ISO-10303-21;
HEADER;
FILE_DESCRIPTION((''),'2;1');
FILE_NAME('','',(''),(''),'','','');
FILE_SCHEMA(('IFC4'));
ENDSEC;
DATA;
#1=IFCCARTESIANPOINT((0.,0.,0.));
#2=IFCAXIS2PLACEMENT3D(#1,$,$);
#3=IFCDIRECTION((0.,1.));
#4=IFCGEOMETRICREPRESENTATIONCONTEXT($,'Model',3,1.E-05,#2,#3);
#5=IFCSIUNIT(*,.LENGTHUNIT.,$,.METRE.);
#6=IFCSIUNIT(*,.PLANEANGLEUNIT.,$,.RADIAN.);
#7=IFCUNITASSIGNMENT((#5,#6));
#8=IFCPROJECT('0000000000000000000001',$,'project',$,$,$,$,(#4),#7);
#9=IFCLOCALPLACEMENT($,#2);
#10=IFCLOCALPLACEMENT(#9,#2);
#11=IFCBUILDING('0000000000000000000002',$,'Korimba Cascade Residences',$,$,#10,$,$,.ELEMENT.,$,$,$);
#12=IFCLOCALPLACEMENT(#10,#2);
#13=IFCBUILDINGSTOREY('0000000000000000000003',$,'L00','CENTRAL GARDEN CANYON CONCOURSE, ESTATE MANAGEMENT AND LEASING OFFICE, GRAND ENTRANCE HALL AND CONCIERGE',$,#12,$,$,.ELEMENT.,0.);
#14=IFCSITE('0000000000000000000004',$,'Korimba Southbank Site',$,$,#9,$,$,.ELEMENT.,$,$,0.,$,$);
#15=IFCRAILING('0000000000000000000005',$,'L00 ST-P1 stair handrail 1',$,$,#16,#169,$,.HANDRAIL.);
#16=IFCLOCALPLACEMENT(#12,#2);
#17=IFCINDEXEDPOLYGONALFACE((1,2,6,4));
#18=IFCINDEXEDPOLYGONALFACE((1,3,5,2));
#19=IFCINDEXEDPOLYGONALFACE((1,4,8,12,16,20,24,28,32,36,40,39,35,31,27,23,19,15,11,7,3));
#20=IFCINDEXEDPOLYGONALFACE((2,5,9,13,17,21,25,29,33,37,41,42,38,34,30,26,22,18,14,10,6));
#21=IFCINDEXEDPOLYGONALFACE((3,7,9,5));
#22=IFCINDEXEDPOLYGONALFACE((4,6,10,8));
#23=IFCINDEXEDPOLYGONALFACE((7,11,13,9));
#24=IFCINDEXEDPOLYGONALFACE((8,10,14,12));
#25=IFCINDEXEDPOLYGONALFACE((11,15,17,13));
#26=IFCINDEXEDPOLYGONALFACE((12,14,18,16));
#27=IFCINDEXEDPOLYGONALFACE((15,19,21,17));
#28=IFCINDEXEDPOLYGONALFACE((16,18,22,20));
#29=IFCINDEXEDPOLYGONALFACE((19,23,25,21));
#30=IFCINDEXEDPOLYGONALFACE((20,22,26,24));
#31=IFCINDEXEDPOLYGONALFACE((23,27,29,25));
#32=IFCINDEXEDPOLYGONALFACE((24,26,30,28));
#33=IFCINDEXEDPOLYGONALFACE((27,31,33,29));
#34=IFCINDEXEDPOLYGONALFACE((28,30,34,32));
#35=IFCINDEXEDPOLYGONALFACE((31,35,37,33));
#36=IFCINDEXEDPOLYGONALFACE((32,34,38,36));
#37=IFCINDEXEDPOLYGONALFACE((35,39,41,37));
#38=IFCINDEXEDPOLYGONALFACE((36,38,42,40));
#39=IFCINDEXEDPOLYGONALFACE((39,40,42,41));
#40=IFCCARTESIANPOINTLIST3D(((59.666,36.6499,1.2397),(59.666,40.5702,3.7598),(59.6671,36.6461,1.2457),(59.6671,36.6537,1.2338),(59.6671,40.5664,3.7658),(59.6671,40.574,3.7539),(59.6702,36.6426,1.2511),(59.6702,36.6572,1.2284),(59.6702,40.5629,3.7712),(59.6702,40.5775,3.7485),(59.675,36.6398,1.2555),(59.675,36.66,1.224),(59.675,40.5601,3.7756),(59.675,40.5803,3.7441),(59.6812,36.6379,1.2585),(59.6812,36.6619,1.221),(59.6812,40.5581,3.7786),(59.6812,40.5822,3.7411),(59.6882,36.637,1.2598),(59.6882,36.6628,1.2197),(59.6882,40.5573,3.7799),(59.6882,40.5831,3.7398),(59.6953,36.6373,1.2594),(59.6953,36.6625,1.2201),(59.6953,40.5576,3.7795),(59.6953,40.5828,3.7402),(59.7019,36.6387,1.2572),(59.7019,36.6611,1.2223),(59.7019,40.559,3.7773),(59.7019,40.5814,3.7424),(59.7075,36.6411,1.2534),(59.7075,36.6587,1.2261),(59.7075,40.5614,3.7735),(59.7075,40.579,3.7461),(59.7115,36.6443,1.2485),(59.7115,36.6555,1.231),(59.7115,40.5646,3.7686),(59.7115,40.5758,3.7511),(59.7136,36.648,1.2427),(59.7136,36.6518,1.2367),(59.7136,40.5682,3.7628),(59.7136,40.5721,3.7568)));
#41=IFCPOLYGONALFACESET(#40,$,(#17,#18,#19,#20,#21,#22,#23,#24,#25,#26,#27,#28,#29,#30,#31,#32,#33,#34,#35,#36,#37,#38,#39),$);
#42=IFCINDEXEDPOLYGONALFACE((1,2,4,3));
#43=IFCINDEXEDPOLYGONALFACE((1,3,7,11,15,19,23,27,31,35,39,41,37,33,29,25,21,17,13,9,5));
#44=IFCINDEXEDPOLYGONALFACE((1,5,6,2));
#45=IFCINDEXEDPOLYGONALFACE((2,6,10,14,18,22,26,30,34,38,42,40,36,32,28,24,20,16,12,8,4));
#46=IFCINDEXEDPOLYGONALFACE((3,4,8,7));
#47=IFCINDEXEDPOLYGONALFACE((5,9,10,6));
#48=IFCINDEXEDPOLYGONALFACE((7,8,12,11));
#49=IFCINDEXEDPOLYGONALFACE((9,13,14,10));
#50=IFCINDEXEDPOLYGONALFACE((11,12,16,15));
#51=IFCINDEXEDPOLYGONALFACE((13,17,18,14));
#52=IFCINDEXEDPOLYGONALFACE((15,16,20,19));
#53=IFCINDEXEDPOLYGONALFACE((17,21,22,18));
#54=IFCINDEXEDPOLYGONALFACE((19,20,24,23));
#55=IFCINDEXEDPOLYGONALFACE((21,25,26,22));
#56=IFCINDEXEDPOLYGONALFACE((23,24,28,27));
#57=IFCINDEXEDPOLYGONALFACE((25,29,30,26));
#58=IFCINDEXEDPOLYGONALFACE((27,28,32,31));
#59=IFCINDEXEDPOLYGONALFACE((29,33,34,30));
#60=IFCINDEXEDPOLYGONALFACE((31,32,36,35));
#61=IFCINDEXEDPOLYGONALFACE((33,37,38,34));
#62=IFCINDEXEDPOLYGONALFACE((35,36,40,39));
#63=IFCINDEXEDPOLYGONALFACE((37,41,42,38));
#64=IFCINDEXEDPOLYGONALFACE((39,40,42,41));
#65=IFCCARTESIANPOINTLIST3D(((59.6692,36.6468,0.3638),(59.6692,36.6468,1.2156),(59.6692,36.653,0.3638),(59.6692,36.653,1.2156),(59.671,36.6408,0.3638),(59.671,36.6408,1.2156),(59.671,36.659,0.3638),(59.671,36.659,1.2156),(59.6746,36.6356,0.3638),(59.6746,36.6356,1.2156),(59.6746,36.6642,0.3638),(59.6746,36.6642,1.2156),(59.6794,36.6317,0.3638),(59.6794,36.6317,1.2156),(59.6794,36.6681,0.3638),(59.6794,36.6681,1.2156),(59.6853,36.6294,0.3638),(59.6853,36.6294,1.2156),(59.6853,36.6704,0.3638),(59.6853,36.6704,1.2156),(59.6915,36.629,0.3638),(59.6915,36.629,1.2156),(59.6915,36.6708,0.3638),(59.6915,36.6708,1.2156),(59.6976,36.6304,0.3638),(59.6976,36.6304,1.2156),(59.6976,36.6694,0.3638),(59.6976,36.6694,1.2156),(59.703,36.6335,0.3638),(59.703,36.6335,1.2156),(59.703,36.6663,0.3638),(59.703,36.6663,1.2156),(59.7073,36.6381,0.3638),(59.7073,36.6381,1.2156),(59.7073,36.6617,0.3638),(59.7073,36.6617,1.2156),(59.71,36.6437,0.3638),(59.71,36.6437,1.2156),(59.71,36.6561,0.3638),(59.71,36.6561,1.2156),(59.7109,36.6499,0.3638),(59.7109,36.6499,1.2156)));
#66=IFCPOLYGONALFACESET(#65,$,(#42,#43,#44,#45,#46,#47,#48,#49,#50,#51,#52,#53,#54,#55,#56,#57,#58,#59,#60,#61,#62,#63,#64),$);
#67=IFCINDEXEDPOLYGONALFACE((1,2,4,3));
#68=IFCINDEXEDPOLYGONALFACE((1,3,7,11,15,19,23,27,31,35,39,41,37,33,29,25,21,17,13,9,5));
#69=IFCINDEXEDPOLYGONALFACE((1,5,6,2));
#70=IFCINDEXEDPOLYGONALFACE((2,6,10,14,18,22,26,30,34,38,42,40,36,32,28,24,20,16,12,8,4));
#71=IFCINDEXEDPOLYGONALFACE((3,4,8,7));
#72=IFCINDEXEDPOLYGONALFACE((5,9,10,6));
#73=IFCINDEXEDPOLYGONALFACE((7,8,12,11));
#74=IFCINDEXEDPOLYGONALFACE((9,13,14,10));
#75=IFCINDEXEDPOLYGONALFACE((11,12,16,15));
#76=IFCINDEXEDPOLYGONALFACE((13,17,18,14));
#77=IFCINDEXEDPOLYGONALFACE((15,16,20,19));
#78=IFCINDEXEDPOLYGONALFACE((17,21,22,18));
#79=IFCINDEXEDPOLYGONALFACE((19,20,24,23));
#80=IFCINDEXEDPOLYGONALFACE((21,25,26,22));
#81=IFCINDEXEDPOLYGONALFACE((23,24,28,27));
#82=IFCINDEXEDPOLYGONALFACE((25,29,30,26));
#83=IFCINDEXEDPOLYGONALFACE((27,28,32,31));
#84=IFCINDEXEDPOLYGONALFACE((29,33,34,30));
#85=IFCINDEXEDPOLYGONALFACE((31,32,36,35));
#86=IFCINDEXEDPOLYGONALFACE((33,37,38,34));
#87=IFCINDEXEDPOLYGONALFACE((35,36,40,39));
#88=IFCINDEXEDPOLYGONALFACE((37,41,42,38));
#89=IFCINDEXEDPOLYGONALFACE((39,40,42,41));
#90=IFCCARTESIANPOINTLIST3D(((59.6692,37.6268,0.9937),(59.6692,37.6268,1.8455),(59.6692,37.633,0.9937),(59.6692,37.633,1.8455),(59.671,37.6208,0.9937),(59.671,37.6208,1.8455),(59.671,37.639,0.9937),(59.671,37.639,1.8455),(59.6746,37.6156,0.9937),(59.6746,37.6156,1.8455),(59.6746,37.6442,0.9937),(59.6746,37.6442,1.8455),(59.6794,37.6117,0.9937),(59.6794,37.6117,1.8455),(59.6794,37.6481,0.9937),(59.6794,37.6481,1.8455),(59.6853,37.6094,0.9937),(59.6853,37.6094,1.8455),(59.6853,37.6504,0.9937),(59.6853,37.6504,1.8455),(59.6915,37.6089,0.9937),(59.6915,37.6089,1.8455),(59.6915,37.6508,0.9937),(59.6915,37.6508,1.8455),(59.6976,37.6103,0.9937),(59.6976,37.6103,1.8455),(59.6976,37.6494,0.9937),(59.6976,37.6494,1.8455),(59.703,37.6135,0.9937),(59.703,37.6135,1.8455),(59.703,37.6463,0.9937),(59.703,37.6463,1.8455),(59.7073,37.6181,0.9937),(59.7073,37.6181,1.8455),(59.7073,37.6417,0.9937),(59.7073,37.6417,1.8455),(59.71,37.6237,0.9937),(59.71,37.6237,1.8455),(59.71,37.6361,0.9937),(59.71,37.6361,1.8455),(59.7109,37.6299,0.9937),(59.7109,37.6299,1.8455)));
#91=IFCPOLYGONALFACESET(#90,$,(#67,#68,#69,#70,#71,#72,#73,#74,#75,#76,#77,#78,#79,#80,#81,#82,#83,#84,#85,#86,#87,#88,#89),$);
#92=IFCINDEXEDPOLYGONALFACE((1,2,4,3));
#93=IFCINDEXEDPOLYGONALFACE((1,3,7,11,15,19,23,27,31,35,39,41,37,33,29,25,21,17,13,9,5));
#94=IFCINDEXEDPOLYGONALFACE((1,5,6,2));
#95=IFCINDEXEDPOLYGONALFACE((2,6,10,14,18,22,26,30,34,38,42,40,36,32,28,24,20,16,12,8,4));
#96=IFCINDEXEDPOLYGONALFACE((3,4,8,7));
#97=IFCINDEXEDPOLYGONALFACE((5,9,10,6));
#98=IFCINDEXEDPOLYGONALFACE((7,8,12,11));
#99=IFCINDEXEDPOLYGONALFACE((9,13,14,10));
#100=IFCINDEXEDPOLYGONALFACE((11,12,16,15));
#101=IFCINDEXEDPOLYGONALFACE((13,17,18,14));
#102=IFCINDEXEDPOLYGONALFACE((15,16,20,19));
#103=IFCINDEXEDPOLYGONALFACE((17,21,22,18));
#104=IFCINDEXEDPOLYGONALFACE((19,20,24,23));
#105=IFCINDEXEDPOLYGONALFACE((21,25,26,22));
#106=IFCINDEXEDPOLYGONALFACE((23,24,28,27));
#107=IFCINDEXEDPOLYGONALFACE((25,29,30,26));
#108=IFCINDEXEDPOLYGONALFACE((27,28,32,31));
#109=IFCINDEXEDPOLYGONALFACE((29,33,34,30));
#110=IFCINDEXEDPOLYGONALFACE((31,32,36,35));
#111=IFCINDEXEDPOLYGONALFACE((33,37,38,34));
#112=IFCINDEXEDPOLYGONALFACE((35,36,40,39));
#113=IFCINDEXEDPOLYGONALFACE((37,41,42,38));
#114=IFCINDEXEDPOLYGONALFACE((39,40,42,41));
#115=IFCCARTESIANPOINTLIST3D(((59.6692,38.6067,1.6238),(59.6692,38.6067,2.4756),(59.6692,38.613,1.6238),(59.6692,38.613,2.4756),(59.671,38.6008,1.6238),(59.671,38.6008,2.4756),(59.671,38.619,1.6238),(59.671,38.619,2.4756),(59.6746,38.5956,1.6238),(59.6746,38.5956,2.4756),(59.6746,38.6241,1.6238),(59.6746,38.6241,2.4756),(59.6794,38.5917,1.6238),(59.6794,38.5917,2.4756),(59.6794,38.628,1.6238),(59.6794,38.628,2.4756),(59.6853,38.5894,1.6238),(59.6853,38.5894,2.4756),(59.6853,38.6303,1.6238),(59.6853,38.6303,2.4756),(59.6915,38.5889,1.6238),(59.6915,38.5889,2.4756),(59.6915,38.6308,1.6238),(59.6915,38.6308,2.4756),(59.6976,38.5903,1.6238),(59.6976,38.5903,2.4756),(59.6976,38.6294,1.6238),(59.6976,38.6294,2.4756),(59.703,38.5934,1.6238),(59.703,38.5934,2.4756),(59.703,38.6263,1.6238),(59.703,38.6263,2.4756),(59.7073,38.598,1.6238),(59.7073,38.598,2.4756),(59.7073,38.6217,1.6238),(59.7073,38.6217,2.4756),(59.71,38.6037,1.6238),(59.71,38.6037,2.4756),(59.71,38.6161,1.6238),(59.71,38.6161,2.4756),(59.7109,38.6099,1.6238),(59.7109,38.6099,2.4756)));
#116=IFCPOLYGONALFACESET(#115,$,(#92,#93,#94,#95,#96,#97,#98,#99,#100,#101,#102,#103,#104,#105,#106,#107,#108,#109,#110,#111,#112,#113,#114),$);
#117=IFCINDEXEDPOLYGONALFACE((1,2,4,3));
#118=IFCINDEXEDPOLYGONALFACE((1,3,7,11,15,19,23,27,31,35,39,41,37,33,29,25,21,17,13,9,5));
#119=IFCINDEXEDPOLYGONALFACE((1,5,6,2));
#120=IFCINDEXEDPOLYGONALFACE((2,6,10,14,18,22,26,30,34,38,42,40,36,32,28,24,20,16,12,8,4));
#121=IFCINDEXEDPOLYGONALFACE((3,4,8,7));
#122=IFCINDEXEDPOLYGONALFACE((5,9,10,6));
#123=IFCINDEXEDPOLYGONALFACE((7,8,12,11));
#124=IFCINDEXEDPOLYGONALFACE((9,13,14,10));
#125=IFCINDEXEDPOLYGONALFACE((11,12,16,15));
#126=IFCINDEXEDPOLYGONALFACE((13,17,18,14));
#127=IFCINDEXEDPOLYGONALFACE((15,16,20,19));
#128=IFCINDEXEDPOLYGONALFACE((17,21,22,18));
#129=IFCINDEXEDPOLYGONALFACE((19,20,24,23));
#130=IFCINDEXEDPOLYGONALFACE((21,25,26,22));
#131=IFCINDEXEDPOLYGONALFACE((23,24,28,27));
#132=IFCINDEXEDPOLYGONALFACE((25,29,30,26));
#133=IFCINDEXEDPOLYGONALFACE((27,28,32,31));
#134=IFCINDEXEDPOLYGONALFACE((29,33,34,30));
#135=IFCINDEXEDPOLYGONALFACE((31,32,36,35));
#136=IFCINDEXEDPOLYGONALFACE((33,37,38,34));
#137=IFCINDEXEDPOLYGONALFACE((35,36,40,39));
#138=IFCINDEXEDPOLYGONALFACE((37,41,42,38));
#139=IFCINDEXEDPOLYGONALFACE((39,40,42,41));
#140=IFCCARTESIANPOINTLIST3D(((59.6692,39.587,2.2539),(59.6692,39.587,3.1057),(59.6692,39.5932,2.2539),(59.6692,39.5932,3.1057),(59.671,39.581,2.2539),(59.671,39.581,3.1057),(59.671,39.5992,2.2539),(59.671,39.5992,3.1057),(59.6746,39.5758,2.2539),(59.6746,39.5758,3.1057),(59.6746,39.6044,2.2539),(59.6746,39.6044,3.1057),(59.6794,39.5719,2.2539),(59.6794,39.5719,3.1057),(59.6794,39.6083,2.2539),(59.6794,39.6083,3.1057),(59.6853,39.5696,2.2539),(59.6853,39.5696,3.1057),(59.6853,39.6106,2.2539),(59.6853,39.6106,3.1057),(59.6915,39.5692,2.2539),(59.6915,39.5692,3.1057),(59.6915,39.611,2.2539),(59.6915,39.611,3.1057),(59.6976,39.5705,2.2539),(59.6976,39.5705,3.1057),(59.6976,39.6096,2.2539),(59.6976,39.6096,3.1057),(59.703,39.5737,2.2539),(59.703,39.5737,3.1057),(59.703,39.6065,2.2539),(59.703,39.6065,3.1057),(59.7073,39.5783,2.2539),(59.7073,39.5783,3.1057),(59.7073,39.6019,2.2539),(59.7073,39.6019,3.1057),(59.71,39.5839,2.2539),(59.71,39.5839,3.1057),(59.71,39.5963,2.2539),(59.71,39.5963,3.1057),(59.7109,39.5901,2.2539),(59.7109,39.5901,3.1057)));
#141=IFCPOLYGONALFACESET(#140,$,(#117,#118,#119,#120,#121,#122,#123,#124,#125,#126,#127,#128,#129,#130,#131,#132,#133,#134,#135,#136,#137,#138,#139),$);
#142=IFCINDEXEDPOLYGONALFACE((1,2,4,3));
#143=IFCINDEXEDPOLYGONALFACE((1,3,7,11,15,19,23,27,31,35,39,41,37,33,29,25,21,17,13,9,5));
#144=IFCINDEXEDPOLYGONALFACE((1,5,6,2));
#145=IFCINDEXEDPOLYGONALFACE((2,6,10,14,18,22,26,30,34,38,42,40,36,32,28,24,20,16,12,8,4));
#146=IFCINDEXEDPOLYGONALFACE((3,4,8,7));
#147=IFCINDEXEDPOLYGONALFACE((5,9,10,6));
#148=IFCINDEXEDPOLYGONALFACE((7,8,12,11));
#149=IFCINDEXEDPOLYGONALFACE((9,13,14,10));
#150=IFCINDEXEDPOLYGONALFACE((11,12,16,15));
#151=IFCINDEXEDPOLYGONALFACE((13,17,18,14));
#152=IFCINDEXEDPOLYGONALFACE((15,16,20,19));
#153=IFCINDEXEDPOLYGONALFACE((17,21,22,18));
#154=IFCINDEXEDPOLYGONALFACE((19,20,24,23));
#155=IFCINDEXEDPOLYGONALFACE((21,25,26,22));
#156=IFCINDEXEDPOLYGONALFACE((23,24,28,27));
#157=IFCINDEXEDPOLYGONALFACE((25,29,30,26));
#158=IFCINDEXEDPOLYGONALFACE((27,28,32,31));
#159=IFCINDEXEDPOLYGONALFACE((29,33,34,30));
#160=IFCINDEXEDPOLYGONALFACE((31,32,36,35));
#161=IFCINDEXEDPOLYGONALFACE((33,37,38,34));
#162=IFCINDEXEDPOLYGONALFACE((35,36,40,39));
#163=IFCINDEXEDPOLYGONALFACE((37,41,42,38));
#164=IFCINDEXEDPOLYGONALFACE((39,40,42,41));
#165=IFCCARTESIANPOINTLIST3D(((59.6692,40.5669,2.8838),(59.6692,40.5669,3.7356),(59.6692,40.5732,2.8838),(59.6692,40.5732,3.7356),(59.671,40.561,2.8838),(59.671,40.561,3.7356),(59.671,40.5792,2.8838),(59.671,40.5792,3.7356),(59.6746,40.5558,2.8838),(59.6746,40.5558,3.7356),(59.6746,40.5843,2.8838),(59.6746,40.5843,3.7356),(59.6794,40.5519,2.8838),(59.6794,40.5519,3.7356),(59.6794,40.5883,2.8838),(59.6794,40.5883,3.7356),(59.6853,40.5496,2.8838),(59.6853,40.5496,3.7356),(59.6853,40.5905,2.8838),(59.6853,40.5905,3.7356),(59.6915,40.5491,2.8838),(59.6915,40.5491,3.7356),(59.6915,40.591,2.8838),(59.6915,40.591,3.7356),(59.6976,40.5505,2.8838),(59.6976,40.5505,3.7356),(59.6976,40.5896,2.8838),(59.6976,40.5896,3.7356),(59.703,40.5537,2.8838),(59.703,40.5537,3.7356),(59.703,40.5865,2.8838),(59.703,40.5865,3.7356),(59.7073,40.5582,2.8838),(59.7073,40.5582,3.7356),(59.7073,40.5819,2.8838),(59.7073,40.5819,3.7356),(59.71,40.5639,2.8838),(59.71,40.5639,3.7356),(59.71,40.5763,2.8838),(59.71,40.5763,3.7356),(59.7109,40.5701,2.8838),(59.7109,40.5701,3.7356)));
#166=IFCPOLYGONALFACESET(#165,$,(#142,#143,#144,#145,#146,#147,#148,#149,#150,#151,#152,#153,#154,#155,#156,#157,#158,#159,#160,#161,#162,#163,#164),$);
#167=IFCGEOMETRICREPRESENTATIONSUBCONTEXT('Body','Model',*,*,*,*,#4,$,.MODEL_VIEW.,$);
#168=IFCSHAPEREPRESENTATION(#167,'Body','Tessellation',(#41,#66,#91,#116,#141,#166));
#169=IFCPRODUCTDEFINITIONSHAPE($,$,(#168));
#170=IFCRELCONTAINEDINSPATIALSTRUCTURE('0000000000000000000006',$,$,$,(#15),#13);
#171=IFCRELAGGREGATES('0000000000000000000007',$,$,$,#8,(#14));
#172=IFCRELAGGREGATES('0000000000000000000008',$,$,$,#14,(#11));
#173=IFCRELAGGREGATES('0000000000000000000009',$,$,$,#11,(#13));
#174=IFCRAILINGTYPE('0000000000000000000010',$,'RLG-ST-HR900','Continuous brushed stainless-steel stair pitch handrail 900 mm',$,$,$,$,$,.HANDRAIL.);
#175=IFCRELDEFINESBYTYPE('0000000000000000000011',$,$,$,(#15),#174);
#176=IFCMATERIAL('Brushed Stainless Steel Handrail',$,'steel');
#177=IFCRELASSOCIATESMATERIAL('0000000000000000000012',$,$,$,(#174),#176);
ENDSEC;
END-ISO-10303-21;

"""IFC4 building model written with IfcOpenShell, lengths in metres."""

from ifc_helpers import new_model, si_unit, direction, frame, origin, origin_2d, place, context, subcontext, project, spatial, circle, extrude, material, type_object, element, save


model = new_model("IFC4")

# Units and contexts
model_context = context("Model", 3, precision=1e-05, world=origin(), true_north=direction((0.0, 1.0)))
body_context = subcontext(model_context, "Body", "Model", "MODEL_VIEW")
ifc_project = project(units=[si_unit("LENGTHUNIT", "METRE"), si_unit("PLANEANGLEUNIT", "RADIAN")], contexts=[model_context])

# Site, building, storey
site_placement = place(None, origin())
site = spatial("IfcSite", under=ifc_project, at=site_placement, Name="Korimba Southbank Site", CompositionType="ELEMENT", RefElevation=0.0)
building_placement = place(site_placement, origin())
building = spatial("IfcBuilding", under=site, at=building_placement, Name="Korimba Cascade Residences", CompositionType="ELEMENT")
storey_placement = place(building_placement, origin())
storey = spatial("IfcBuildingStorey", under=building, at=storey_placement, Name="L00", Description="CENTRAL GARDEN CANYON CONCOURSE, ESTATE MANAGEMENT AND LEASING OFFICE, GRAND ENTRANCE HALL AND CONCIERGE", CompositionType="ELEMENT", Elevation=0.0)

# Railing
ifc_material_1 = material(Name="Brushed Stainless Steel Handrail", Category="steel")
railing_type_1 = type_object("IfcRailingType", Name="RLG-ST-HR900", Description="Continuous brushed stainless-steel stair pitch handrail 900 mm", PredefinedType="HANDRAIL", material=ifc_material_1)
railing_1_placement = place(storey_placement, frame((59.6899, 36.6499, 0.3638)))
element("IfcRailing", 1, at=railing_1_placement, inside=storey, type_object=railing_type_1, Name="L00 ST-P1 stair handrail 1", PredefinedType="HANDRAIL", context=body_context, shape_type="SweptSolid", body=[
    extrude(circle(Radius=0.0239, at=origin_2d()), frame((0.0, 0.0, 0.876), z_axis=(0.0, 0.841187, 0.540744), x_axis=(-1.0, 0.0, 0.0)), (0.0, 0.0, 1.0), 4.6604),
    extrude(circle(Radius=0.021, at=origin_2d()), origin(), (0.0, 0.0, 1.0), 0.8518),
    extrude(circle(Radius=0.021, at=origin_2d()), frame((0.0, 0.98, 0.6299)), (0.0, 0.0, 1.0), 0.8518),
    extrude(circle(Radius=0.021, at=origin_2d()), frame((0.0, 1.96, 1.26)), (0.0, 0.0, 1.0), 0.8518),
    extrude(circle(Radius=0.021, at=origin_2d()), frame((0.0, 2.9402, 1.8901)), (0.0, 0.0, 1.0), 0.8518),
    extrude(circle(Radius=0.021, at=origin_2d()), frame((0.0, 3.9202, 2.52)), (0.0, 0.0, 1.0), 0.8518),
])

save(model, "model.ifc")
